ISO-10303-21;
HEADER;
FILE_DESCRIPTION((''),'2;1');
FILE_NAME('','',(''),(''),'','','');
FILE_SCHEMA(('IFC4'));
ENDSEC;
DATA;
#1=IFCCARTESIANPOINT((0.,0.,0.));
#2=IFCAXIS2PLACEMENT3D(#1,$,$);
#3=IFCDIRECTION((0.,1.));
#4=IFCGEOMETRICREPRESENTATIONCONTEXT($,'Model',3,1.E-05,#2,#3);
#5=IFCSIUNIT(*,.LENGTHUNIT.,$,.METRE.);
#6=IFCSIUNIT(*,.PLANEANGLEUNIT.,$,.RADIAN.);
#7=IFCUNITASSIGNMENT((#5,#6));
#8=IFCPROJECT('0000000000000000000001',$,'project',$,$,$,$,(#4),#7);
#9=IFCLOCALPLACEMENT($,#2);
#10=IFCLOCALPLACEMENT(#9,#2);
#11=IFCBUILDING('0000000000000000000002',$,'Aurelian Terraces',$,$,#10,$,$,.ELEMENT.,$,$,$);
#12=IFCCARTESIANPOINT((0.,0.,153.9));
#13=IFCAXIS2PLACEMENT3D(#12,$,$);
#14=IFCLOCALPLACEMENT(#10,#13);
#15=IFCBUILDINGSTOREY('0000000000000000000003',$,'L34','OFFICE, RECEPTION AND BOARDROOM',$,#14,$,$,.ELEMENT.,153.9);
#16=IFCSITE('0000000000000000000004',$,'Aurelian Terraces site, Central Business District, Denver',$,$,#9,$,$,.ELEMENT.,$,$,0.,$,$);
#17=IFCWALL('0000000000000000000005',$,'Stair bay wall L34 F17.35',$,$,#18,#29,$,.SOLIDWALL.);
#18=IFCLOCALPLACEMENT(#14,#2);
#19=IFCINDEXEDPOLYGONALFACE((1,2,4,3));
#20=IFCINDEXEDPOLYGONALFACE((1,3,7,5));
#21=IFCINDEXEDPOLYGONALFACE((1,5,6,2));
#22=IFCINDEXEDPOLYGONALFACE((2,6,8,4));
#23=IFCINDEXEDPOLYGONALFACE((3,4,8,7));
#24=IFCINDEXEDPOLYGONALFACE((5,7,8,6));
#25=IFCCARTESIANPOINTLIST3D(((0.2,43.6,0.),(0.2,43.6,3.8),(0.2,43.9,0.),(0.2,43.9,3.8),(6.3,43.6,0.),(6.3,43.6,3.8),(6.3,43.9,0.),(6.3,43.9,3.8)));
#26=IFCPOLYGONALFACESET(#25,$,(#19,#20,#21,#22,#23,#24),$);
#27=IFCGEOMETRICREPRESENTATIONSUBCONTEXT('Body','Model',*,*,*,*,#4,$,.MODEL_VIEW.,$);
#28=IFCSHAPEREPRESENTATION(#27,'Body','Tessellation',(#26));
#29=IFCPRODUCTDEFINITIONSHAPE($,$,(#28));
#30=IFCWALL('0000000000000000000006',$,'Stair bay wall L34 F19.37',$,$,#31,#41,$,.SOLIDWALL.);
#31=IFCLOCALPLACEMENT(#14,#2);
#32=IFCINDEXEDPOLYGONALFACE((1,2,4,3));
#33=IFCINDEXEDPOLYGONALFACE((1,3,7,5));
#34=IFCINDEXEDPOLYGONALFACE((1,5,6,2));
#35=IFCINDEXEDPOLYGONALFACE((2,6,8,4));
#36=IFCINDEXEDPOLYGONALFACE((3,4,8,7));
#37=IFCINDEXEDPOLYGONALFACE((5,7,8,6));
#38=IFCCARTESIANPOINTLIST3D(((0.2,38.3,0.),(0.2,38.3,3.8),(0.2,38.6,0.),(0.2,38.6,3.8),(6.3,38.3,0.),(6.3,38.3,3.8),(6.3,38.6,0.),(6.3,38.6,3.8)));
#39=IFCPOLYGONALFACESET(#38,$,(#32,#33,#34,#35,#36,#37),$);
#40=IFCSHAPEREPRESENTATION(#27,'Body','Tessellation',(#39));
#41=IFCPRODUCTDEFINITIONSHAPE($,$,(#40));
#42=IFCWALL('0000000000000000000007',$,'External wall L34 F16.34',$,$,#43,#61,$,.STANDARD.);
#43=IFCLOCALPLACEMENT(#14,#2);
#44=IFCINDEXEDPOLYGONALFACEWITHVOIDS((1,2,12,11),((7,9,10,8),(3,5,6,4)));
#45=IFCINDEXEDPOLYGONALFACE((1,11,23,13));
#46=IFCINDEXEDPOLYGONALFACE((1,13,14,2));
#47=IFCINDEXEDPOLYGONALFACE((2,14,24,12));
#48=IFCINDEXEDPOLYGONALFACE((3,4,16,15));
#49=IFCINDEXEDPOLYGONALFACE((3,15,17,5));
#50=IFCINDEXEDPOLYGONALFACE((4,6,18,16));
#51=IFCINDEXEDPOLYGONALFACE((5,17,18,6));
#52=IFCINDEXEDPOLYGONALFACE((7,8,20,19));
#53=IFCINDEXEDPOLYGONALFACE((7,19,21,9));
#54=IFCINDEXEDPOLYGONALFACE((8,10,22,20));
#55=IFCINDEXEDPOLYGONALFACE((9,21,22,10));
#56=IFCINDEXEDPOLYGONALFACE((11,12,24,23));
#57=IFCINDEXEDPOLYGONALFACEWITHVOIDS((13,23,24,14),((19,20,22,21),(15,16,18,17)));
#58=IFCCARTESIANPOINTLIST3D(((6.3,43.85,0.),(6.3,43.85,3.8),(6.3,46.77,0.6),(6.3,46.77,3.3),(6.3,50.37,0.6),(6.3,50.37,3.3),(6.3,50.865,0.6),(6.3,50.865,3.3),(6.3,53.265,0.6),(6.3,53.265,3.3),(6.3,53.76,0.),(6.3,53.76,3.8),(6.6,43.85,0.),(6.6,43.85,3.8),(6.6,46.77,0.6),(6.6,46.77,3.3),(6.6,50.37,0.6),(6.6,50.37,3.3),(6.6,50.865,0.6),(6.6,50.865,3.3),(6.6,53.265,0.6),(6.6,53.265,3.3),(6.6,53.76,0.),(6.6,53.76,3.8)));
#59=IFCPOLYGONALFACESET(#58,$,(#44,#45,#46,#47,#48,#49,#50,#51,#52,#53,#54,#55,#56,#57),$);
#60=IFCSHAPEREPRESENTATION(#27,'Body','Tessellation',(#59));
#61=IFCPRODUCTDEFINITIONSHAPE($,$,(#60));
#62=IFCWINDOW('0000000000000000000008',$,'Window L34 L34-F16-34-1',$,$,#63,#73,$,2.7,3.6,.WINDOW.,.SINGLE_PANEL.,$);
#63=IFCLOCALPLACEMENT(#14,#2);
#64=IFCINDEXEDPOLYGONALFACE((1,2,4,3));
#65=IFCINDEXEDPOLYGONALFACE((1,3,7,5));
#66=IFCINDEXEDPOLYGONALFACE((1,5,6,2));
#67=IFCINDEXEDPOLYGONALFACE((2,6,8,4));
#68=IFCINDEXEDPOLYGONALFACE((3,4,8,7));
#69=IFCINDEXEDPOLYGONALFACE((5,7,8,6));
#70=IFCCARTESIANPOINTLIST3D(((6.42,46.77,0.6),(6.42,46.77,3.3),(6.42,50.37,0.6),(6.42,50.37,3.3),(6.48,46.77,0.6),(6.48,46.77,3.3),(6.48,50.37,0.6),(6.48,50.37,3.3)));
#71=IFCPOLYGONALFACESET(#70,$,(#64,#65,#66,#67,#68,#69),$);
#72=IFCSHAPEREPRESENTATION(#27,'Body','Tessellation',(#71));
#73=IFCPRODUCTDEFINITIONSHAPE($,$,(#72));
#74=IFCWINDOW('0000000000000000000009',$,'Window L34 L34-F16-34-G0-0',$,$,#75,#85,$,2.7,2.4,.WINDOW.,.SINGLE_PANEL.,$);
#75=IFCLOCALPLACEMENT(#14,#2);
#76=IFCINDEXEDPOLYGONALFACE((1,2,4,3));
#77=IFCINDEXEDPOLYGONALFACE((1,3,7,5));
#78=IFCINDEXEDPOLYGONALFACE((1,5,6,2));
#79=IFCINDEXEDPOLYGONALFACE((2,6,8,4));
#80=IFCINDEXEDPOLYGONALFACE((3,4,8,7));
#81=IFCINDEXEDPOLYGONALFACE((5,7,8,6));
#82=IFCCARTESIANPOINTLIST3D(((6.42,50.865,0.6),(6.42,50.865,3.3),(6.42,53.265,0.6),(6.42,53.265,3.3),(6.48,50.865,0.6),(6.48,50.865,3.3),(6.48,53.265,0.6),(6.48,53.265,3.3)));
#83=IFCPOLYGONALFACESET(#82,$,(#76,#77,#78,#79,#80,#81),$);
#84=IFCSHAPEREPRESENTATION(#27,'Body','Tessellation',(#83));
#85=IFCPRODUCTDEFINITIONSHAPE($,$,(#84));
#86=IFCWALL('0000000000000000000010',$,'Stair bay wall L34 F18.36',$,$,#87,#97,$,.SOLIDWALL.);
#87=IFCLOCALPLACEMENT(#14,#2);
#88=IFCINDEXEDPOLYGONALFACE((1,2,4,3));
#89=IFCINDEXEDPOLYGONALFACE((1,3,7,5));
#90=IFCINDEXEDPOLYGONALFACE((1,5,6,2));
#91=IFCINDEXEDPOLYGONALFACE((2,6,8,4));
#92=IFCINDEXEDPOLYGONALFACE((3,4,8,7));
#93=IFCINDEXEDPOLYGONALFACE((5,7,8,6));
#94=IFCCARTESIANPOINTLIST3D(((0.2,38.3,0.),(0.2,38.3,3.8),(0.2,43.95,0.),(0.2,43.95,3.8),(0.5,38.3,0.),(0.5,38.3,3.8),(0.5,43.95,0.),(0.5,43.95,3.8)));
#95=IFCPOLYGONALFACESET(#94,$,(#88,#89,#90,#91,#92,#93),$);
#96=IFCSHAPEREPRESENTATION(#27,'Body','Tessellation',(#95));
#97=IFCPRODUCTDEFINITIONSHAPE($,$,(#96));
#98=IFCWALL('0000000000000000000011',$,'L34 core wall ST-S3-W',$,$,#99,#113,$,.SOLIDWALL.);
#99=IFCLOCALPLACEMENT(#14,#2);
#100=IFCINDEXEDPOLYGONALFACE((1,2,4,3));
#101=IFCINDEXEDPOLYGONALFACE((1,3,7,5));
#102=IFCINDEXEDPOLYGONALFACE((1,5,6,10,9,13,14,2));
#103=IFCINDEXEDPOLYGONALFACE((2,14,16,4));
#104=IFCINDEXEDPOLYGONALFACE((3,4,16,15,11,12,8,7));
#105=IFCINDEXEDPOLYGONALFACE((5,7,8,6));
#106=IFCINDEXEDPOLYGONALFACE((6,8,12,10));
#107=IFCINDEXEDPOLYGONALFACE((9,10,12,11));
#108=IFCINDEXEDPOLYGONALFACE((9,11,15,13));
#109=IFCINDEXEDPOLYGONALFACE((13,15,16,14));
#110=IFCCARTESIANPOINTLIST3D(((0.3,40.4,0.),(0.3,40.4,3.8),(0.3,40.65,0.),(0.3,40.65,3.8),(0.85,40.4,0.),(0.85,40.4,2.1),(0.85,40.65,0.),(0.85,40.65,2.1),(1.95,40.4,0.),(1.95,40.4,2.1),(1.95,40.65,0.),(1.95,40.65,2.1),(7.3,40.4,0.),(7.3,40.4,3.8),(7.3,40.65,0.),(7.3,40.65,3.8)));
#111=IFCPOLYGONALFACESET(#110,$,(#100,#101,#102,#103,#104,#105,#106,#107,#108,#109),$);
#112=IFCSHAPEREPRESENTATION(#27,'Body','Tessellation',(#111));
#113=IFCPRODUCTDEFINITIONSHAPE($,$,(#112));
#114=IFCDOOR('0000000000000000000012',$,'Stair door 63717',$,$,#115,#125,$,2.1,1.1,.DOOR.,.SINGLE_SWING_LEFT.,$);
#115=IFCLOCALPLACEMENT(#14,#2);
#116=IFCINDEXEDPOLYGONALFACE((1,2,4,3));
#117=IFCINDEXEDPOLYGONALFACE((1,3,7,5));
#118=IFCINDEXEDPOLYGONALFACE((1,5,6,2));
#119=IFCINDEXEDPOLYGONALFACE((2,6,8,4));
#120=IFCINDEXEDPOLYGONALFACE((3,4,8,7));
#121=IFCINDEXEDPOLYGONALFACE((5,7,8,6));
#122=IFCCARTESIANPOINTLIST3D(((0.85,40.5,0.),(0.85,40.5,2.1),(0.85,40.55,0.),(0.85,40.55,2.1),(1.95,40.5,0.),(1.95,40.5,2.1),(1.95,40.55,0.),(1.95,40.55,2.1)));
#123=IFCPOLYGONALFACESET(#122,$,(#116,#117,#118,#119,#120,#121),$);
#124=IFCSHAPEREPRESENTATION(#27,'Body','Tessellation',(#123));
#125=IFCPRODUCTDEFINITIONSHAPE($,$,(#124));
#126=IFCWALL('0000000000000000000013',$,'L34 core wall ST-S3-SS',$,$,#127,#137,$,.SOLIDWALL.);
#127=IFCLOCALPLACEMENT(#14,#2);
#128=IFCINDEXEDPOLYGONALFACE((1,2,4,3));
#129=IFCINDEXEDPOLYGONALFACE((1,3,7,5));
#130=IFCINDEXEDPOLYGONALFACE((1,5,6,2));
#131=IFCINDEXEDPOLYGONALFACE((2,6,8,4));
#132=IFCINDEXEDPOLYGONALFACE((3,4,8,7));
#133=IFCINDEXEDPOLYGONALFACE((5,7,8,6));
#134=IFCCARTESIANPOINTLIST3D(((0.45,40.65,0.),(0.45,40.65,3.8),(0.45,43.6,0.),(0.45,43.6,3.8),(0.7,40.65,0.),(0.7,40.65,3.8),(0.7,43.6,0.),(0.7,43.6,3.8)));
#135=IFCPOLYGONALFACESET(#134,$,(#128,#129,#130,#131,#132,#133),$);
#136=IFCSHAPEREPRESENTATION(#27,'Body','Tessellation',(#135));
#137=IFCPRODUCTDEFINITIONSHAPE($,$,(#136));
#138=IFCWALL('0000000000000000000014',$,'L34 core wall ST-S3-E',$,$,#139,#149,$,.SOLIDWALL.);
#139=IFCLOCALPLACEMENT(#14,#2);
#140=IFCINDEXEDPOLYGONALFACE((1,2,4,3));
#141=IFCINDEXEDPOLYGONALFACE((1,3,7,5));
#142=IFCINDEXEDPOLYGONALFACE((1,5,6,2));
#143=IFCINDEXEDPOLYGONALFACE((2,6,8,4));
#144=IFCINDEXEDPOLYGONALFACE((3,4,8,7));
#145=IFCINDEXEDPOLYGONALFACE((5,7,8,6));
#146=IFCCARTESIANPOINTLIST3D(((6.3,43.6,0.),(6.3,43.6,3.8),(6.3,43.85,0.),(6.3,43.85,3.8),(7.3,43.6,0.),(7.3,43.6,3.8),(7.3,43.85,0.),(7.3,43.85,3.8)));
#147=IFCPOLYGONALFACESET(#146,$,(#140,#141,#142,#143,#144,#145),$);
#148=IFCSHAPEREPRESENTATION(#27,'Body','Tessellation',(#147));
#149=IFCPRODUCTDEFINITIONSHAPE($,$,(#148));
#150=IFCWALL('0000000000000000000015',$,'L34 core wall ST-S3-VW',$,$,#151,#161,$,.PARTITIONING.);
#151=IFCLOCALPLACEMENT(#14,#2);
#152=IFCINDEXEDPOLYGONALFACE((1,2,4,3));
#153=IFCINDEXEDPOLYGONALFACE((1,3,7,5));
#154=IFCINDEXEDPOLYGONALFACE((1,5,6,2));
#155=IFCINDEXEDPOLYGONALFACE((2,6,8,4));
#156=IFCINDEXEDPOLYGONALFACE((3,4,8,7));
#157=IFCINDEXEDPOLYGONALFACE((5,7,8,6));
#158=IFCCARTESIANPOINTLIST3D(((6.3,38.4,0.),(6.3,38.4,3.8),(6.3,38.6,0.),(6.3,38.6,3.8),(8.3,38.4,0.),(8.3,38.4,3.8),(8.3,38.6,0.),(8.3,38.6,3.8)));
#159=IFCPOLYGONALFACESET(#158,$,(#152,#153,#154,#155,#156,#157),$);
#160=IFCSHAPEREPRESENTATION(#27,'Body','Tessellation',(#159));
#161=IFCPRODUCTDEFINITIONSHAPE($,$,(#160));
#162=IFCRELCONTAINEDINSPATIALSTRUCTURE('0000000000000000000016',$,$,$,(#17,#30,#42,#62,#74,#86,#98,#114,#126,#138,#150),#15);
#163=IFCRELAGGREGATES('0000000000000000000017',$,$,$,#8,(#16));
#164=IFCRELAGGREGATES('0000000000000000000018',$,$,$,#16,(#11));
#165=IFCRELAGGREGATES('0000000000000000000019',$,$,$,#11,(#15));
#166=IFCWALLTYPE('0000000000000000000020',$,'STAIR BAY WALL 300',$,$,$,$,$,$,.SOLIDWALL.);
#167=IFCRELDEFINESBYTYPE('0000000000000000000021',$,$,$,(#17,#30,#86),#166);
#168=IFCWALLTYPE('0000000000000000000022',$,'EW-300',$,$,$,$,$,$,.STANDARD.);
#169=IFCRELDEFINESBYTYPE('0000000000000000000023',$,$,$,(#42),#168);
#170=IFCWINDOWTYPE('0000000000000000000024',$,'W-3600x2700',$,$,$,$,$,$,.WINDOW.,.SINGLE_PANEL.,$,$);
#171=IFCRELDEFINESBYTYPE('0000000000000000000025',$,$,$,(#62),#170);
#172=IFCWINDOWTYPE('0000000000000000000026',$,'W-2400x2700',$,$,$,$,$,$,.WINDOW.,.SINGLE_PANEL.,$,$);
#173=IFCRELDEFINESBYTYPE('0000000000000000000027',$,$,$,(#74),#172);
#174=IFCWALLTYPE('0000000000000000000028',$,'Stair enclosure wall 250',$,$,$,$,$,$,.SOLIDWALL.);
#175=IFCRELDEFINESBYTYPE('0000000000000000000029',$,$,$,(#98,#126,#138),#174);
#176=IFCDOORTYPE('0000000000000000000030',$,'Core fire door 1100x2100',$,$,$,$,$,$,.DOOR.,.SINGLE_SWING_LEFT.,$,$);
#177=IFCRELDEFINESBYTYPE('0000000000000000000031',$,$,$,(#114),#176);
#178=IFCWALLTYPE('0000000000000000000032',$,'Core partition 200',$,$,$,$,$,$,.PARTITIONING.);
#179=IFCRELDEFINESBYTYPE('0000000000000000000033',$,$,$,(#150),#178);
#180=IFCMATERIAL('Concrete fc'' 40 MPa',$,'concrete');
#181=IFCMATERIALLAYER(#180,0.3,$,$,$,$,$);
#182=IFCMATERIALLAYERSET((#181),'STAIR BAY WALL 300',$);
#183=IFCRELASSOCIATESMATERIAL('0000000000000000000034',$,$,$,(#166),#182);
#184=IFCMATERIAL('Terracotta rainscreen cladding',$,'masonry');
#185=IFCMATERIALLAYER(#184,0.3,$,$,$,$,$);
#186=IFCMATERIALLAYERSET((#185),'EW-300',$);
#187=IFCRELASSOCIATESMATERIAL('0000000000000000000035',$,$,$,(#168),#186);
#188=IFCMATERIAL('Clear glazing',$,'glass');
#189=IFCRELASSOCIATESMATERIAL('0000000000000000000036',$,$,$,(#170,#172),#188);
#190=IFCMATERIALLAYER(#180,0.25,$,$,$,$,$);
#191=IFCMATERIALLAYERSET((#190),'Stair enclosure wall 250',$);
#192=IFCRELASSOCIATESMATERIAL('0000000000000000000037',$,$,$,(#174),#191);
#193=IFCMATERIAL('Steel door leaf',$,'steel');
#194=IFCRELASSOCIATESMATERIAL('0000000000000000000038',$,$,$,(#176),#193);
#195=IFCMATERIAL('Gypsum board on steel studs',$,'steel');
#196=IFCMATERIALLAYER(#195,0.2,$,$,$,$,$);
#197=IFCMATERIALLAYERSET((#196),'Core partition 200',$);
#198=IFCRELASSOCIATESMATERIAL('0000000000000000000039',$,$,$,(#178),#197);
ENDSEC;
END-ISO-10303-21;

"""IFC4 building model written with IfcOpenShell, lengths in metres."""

from ifc_helpers import new_model, si_unit, direction, frame, frame_2d, origin, place, context, subcontext, project, spatial, rectangle, extrude, source, transform, mapped, material, layer, layer_set, type_object, element, fill, save


model = new_model("IFC4")

# Units and contexts
model_context = context("Model", 3, precision=1e-05, world=origin(), true_north=direction((0.0, 1.0)))
body_context = subcontext(model_context, "Body", "Model", "MODEL_VIEW")
ifc_project = project(units=[si_unit("LENGTHUNIT", "METRE"), si_unit("PLANEANGLEUNIT", "RADIAN")], contexts=[model_context])

# Site, building, storey
site_placement = place(None, origin())
site = spatial("IfcSite", under=ifc_project, at=site_placement, Name="Aurelian Terraces site, Central Business District, Denver", CompositionType="ELEMENT", RefElevation=0.0)
building_placement = place(site_placement, origin())
building = spatial("IfcBuilding", under=site, at=building_placement, Name="Aurelian Terraces", CompositionType="ELEMENT")
storey_placement = place(building_placement, frame((0.0, 0.0, 153.9)))
storey = spatial("IfcBuildingStorey", under=building, at=storey_placement, Name="L34", Description="OFFICE, RECEPTION AND BOARDROOM", CompositionType="ELEMENT", Elevation=153.9)

# Walls
ifc_material_1 = material(Name="Concrete fc' 40 MPa", Category="concrete")
ifc_layer_1 = layer(ifc_material_1, 0.3)
ifc_layer_set_1 = layer_set([ifc_layer_1], Name="STAIR BAY WALL 300")
wall_type_1 = type_object("IfcWallType", Name="STAIR BAY WALL 300", PredefinedType="SOLIDWALL", material=ifc_layer_set_1)
shared_shape_1 = source(origin(), body_context, "Body", "SweptSolid", [
    extrude(rectangle(XDim=6.1, YDim=0.3, at=frame_2d((3.05, 0.0))), origin(), (0.0, 0.0, 1.0), 3.8),
])
for number, where, z_axis, x_axis, name in (
    (1, (6.3, 43.75, 0.0), (0.0, 0.0, 1.0), (-1.0, 0.0, 0.0), "Stair bay wall L34 F17.35"),
    (2, (0.2, 38.45, 0.0), (0.0, 0.0, 1.0), (1.0, 0.0, 0.0), "Stair bay wall L34 F19.37"),
):
    element("IfcWall", number, at=place(storey_placement, frame(where, z_axis=z_axis, x_axis=x_axis)), inside=storey, type_object=wall_type_1, Name=name, PredefinedType="SOLIDWALL", context=body_context, shape_type="MappedRepresentation", body=[
        mapped(shared_shape_1, transform((0.0, 0.0, 0.0), scale=1.0)),
    ])

# Wall, openings, windows
ifc_material_2 = material(Name="Terracotta rainscreen cladding", Category="masonry")
ifc_layer_2 = layer(ifc_material_2, 0.3)
ifc_layer_set_2 = layer_set([ifc_layer_2], Name="EW-300")
wall_type_2 = type_object("IfcWallType", Name="EW-300", PredefinedType="STANDARD", material=ifc_layer_set_2)
shared_shape_2 = source(origin(), body_context, "Body", "SweptSolid", [
    extrude(rectangle(XDim=9.91, YDim=0.3, at=frame_2d((4.955, 0.0))), origin(), (0.0, 0.0, 1.0), 3.8),
])
wall_1_placement = place(storey_placement, frame((6.45, 53.76, 0.0), z_axis=(0.0, 0.0, 1.0), x_axis=(0.0, -1.0, 0.0)))
wall_1 = element("IfcWall", 3, at=wall_1_placement, inside=storey, type_object=wall_type_2, Name="External wall L34 F16.34", PredefinedType="STANDARD", context=body_context, shape_type="MappedRepresentation", body=[
    mapped(shared_shape_2, transform((0.0, 0.0, 0.0), scale=1.0)),
])
shared_shape_3 = source(origin(), body_context, "Body", "SweptSolid", [
    extrude(rectangle(XDim=3.6, YDim=2.7, at=frame_2d((1.8, 1.35))), frame((0.0, 0.16, 0.0), z_axis=(0.0, -1.0, 0.0), x_axis=(1.0, 0.0, 0.0)), (0.0, 0.0, 1.0), 0.32),
])
opening_1_placement = place(wall_1_placement, frame((3.39, 0.0, 0.6)))
opening_1 = element("IfcOpeningElement", 4, at=opening_1_placement, cuts=wall_1, PredefinedType="OPENING", context=body_context, shape_type="MappedRepresentation", body=[
    mapped(shared_shape_3, transform((0.0, 0.0, 0.0), scale=1.0)),
])
shared_shape_4 = source(origin(), body_context, "Body", "SweptSolid", [
    extrude(rectangle(XDim=2.4, YDim=2.7, at=frame_2d((1.2, 1.35))), frame((0.0, 0.16, 0.0), z_axis=(0.0, -1.0, 0.0), x_axis=(1.0, 0.0, 0.0)), (0.0, 0.0, 1.0), 0.32),
])
opening_2_placement = place(wall_1_placement, frame((0.495, 0.0, 0.6)))
opening_2 = element("IfcOpeningElement", 5, at=opening_2_placement, cuts=wall_1, PredefinedType="OPENING", context=body_context, shape_type="MappedRepresentation", body=[
    mapped(shared_shape_4, transform((0.0, 0.0, 0.0), scale=1.0)),
])
ifc_material_3 = material(Name="Clear glazing", Category="glass")
window_type_1 = type_object("IfcWindowType", Name="W-3600x2700", PartitioningType="SINGLE_PANEL", PredefinedType="WINDOW", material=ifc_material_3)
shared_shape_5 = source(origin(), body_context, "Body", "SweptSolid", [
    extrude(rectangle(XDim=3.6, YDim=2.7, at=frame_2d((1.8, 1.35))), frame((0.0, 0.03, 0.0), z_axis=(0.0, -1.0, 0.0), x_axis=(1.0, 0.0, 0.0)), (0.0, 0.0, 1.0), 0.06),
])
window_1_placement = place(opening_1_placement, origin())
window_1 = element("IfcWindow", 6, at=window_1_placement, inside=storey, type_object=window_type_1, Name="Window L34 L34-F16-34-1", OverallHeight=2.7, OverallWidth=3.6, PartitioningType="SINGLE_PANEL", PredefinedType="WINDOW", context=body_context, shape_type="MappedRepresentation", body=[
    mapped(shared_shape_5, transform((0.0, 0.0, 0.0), scale=1.0)),
])
fill(opening_1, window_1)
window_type_2 = type_object("IfcWindowType", Name="W-2400x2700", PartitioningType="SINGLE_PANEL", PredefinedType="WINDOW", material=ifc_material_3)
shared_shape_6 = source(origin(), body_context, "Body", "SweptSolid", [
    extrude(rectangle(XDim=2.4, YDim=2.7, at=frame_2d((1.2, 1.35))), frame((0.0, 0.03, 0.0), z_axis=(0.0, -1.0, 0.0), x_axis=(1.0, 0.0, 0.0)), (0.0, 0.0, 1.0), 0.06),
])
window_2_placement = place(opening_2_placement, origin())
window_2 = element("IfcWindow", 7, at=window_2_placement, inside=storey, type_object=window_type_2, Name="Window L34 L34-F16-34-G0-0", OverallHeight=2.7, OverallWidth=2.4, PartitioningType="SINGLE_PANEL", PredefinedType="WINDOW", context=body_context, shape_type="MappedRepresentation", body=[
    mapped(shared_shape_6, transform((0.0, 0.0, 0.0), scale=1.0)),
])
fill(opening_2, window_2)

# Wall
shared_shape_7 = source(origin(), body_context, "Body", "SweptSolid", [
    extrude(rectangle(XDim=5.65, YDim=0.3, at=frame_2d((2.825, 0.0))), origin(), (0.0, 0.0, 1.0), 3.8),
])
wall_2_placement = place(storey_placement, frame((0.35, 43.95, 0.0), z_axis=(0.0, 0.0, 1.0), x_axis=(0.0, -1.0, 0.0)))
element("IfcWall", 8, at=wall_2_placement, inside=storey, type_object=wall_type_1, Name="Stair bay wall L34 F18.36", PredefinedType="SOLIDWALL", context=body_context, shape_type="MappedRepresentation", body=[
    mapped(shared_shape_7, transform((0.0, 0.0, 0.0), scale=1.0)),
])

# Wall, opening, door
ifc_layer_3 = layer(ifc_material_1, 0.25)
ifc_layer_set_3 = layer_set([ifc_layer_3], Name="Stair enclosure wall 250")
wall_type_3 = type_object("IfcWallType", Name="Stair enclosure wall 250", PredefinedType="SOLIDWALL", material=ifc_layer_set_3)
shared_shape_8 = source(origin(), body_context, "Body", "SweptSolid", [
    extrude(rectangle(XDim=7.0, YDim=0.25, at=frame_2d((3.5, 0.0))), origin(), (0.0, 0.0, 1.0), 3.8),
])
wall_3_placement = place(storey_placement, frame((0.3, 40.525, 0.0), z_axis=(0.0, 0.0, 1.0), x_axis=(1.0, 0.0, 0.0)))
wall_3 = element("IfcWall", 9, at=wall_3_placement, inside=storey, type_object=wall_type_3, Name="L34 core wall ST-S3-W", PredefinedType="SOLIDWALL", context=body_context, shape_type="MappedRepresentation", body=[
    mapped(shared_shape_8, transform((0.0, 0.0, 0.0), scale=1.0)),
])
shared_shape_9 = source(origin(), body_context, "Body", "SweptSolid", [
    extrude(rectangle(XDim=1.1, YDim=2.1, at=frame_2d((0.55, 1.05))), frame((0.0, 0.135, 0.0), z_axis=(0.0, -1.0, 0.0), x_axis=(1.0, 0.0, 0.0)), (0.0, 0.0, 1.0), 0.27),
])
opening_3_placement = place(wall_3_placement, frame((0.55, 0.0, 0.0)))
opening_3 = element("IfcOpeningElement", 10, at=opening_3_placement, cuts=wall_3, PredefinedType="OPENING", context=body_context, shape_type="MappedRepresentation", body=[
    mapped(shared_shape_9, transform((0.0, 0.0, 0.0), scale=1.0)),
])
ifc_material_4 = material(Name="Steel door leaf", Category="steel")
door_type = type_object("IfcDoorType", Name="Core fire door 1100x2100", OperationType="SINGLE_SWING_LEFT", PredefinedType="DOOR", material=ifc_material_4)
shared_shape_10 = source(origin(), body_context, "Body", "SweptSolid", [
    extrude(rectangle(XDim=1.1, YDim=2.1, at=frame_2d((0.55, 1.05))), frame((0.0, 0.025, 0.0), z_axis=(0.0, -1.0, 0.0), x_axis=(1.0, 0.0, 0.0)), (0.0, 0.0, 1.0), 0.05),
])
door_placement = place(opening_3_placement, origin())
door = element("IfcDoor", 11, at=door_placement, inside=storey, type_object=door_type, Name="Stair door 63717", OperationType="SINGLE_SWING_LEFT", OverallHeight=2.1, OverallWidth=1.1, PredefinedType="DOOR", context=body_context, shape_type="MappedRepresentation", body=[
    mapped(shared_shape_10, transform((0.0, 0.0, 0.0), scale=1.0)),
])
fill(opening_3, door)

# Walls
shared_shape_11 = source(origin(), body_context, "Body", "SweptSolid", [
    extrude(rectangle(XDim=2.95, YDim=0.25, at=frame_2d((1.475, 0.0))), origin(), (0.0, 0.0, 1.0), 3.8),
])
wall_4_placement = place(storey_placement, frame((0.575, 40.65, 0.0), z_axis=(0.0, 0.0, 1.0), x_axis=(0.0, 1.0, 0.0)))
element("IfcWall", 12, at=wall_4_placement, inside=storey, type_object=wall_type_3, Name="L34 core wall ST-S3-SS", PredefinedType="SOLIDWALL", context=body_context, shape_type="MappedRepresentation", body=[
    mapped(shared_shape_11, transform((0.0, 0.0, 0.0), scale=1.0)),
])
shared_shape_12 = source(origin(), body_context, "Body", "SweptSolid", [
    extrude(rectangle(XDim=1.0, YDim=0.25, at=frame_2d((0.5, 0.0))), origin(), (0.0, 0.0, 1.0), 3.8),
])
wall_5_placement = place(storey_placement, frame((6.3, 43.725, 0.0), z_axis=(0.0, 0.0, 1.0), x_axis=(1.0, 0.0, 0.0)))
element("IfcWall", 13, at=wall_5_placement, inside=storey, type_object=wall_type_3, Name="L34 core wall ST-S3-E", PredefinedType="SOLIDWALL", context=body_context, shape_type="MappedRepresentation", body=[
    mapped(shared_shape_12, transform((0.0, 0.0, 0.0), scale=1.0)),
])
ifc_material_5 = material(Name="Gypsum board on steel studs", Category="steel")
ifc_layer_4 = layer(ifc_material_5, 0.2)
ifc_layer_set_4 = layer_set([ifc_layer_4], Name="Core partition 200")
wall_type_4 = type_object("IfcWallType", Name="Core partition 200", PredefinedType="PARTITIONING", material=ifc_layer_set_4)
shared_shape_13 = source(origin(), body_context, "Body", "SweptSolid", [
    extrude(rectangle(XDim=2.0, YDim=0.2, at=frame_2d((1.0, 0.0))), origin(), (0.0, 0.0, 1.0), 3.8),
])
wall_6_placement = place(storey_placement, frame((6.3, 38.5, 0.0), z_axis=(0.0, 0.0, 1.0), x_axis=(1.0, 0.0, 0.0)))
element("IfcWall", 14, at=wall_6_placement, inside=storey, type_object=wall_type_4, Name="L34 core wall ST-S3-VW", PredefinedType="PARTITIONING", context=body_context, shape_type="MappedRepresentation", body=[
    mapped(shared_shape_13, transform((0.0, 0.0, 0.0), scale=1.0)),
])

save(model, "model.ifc")
